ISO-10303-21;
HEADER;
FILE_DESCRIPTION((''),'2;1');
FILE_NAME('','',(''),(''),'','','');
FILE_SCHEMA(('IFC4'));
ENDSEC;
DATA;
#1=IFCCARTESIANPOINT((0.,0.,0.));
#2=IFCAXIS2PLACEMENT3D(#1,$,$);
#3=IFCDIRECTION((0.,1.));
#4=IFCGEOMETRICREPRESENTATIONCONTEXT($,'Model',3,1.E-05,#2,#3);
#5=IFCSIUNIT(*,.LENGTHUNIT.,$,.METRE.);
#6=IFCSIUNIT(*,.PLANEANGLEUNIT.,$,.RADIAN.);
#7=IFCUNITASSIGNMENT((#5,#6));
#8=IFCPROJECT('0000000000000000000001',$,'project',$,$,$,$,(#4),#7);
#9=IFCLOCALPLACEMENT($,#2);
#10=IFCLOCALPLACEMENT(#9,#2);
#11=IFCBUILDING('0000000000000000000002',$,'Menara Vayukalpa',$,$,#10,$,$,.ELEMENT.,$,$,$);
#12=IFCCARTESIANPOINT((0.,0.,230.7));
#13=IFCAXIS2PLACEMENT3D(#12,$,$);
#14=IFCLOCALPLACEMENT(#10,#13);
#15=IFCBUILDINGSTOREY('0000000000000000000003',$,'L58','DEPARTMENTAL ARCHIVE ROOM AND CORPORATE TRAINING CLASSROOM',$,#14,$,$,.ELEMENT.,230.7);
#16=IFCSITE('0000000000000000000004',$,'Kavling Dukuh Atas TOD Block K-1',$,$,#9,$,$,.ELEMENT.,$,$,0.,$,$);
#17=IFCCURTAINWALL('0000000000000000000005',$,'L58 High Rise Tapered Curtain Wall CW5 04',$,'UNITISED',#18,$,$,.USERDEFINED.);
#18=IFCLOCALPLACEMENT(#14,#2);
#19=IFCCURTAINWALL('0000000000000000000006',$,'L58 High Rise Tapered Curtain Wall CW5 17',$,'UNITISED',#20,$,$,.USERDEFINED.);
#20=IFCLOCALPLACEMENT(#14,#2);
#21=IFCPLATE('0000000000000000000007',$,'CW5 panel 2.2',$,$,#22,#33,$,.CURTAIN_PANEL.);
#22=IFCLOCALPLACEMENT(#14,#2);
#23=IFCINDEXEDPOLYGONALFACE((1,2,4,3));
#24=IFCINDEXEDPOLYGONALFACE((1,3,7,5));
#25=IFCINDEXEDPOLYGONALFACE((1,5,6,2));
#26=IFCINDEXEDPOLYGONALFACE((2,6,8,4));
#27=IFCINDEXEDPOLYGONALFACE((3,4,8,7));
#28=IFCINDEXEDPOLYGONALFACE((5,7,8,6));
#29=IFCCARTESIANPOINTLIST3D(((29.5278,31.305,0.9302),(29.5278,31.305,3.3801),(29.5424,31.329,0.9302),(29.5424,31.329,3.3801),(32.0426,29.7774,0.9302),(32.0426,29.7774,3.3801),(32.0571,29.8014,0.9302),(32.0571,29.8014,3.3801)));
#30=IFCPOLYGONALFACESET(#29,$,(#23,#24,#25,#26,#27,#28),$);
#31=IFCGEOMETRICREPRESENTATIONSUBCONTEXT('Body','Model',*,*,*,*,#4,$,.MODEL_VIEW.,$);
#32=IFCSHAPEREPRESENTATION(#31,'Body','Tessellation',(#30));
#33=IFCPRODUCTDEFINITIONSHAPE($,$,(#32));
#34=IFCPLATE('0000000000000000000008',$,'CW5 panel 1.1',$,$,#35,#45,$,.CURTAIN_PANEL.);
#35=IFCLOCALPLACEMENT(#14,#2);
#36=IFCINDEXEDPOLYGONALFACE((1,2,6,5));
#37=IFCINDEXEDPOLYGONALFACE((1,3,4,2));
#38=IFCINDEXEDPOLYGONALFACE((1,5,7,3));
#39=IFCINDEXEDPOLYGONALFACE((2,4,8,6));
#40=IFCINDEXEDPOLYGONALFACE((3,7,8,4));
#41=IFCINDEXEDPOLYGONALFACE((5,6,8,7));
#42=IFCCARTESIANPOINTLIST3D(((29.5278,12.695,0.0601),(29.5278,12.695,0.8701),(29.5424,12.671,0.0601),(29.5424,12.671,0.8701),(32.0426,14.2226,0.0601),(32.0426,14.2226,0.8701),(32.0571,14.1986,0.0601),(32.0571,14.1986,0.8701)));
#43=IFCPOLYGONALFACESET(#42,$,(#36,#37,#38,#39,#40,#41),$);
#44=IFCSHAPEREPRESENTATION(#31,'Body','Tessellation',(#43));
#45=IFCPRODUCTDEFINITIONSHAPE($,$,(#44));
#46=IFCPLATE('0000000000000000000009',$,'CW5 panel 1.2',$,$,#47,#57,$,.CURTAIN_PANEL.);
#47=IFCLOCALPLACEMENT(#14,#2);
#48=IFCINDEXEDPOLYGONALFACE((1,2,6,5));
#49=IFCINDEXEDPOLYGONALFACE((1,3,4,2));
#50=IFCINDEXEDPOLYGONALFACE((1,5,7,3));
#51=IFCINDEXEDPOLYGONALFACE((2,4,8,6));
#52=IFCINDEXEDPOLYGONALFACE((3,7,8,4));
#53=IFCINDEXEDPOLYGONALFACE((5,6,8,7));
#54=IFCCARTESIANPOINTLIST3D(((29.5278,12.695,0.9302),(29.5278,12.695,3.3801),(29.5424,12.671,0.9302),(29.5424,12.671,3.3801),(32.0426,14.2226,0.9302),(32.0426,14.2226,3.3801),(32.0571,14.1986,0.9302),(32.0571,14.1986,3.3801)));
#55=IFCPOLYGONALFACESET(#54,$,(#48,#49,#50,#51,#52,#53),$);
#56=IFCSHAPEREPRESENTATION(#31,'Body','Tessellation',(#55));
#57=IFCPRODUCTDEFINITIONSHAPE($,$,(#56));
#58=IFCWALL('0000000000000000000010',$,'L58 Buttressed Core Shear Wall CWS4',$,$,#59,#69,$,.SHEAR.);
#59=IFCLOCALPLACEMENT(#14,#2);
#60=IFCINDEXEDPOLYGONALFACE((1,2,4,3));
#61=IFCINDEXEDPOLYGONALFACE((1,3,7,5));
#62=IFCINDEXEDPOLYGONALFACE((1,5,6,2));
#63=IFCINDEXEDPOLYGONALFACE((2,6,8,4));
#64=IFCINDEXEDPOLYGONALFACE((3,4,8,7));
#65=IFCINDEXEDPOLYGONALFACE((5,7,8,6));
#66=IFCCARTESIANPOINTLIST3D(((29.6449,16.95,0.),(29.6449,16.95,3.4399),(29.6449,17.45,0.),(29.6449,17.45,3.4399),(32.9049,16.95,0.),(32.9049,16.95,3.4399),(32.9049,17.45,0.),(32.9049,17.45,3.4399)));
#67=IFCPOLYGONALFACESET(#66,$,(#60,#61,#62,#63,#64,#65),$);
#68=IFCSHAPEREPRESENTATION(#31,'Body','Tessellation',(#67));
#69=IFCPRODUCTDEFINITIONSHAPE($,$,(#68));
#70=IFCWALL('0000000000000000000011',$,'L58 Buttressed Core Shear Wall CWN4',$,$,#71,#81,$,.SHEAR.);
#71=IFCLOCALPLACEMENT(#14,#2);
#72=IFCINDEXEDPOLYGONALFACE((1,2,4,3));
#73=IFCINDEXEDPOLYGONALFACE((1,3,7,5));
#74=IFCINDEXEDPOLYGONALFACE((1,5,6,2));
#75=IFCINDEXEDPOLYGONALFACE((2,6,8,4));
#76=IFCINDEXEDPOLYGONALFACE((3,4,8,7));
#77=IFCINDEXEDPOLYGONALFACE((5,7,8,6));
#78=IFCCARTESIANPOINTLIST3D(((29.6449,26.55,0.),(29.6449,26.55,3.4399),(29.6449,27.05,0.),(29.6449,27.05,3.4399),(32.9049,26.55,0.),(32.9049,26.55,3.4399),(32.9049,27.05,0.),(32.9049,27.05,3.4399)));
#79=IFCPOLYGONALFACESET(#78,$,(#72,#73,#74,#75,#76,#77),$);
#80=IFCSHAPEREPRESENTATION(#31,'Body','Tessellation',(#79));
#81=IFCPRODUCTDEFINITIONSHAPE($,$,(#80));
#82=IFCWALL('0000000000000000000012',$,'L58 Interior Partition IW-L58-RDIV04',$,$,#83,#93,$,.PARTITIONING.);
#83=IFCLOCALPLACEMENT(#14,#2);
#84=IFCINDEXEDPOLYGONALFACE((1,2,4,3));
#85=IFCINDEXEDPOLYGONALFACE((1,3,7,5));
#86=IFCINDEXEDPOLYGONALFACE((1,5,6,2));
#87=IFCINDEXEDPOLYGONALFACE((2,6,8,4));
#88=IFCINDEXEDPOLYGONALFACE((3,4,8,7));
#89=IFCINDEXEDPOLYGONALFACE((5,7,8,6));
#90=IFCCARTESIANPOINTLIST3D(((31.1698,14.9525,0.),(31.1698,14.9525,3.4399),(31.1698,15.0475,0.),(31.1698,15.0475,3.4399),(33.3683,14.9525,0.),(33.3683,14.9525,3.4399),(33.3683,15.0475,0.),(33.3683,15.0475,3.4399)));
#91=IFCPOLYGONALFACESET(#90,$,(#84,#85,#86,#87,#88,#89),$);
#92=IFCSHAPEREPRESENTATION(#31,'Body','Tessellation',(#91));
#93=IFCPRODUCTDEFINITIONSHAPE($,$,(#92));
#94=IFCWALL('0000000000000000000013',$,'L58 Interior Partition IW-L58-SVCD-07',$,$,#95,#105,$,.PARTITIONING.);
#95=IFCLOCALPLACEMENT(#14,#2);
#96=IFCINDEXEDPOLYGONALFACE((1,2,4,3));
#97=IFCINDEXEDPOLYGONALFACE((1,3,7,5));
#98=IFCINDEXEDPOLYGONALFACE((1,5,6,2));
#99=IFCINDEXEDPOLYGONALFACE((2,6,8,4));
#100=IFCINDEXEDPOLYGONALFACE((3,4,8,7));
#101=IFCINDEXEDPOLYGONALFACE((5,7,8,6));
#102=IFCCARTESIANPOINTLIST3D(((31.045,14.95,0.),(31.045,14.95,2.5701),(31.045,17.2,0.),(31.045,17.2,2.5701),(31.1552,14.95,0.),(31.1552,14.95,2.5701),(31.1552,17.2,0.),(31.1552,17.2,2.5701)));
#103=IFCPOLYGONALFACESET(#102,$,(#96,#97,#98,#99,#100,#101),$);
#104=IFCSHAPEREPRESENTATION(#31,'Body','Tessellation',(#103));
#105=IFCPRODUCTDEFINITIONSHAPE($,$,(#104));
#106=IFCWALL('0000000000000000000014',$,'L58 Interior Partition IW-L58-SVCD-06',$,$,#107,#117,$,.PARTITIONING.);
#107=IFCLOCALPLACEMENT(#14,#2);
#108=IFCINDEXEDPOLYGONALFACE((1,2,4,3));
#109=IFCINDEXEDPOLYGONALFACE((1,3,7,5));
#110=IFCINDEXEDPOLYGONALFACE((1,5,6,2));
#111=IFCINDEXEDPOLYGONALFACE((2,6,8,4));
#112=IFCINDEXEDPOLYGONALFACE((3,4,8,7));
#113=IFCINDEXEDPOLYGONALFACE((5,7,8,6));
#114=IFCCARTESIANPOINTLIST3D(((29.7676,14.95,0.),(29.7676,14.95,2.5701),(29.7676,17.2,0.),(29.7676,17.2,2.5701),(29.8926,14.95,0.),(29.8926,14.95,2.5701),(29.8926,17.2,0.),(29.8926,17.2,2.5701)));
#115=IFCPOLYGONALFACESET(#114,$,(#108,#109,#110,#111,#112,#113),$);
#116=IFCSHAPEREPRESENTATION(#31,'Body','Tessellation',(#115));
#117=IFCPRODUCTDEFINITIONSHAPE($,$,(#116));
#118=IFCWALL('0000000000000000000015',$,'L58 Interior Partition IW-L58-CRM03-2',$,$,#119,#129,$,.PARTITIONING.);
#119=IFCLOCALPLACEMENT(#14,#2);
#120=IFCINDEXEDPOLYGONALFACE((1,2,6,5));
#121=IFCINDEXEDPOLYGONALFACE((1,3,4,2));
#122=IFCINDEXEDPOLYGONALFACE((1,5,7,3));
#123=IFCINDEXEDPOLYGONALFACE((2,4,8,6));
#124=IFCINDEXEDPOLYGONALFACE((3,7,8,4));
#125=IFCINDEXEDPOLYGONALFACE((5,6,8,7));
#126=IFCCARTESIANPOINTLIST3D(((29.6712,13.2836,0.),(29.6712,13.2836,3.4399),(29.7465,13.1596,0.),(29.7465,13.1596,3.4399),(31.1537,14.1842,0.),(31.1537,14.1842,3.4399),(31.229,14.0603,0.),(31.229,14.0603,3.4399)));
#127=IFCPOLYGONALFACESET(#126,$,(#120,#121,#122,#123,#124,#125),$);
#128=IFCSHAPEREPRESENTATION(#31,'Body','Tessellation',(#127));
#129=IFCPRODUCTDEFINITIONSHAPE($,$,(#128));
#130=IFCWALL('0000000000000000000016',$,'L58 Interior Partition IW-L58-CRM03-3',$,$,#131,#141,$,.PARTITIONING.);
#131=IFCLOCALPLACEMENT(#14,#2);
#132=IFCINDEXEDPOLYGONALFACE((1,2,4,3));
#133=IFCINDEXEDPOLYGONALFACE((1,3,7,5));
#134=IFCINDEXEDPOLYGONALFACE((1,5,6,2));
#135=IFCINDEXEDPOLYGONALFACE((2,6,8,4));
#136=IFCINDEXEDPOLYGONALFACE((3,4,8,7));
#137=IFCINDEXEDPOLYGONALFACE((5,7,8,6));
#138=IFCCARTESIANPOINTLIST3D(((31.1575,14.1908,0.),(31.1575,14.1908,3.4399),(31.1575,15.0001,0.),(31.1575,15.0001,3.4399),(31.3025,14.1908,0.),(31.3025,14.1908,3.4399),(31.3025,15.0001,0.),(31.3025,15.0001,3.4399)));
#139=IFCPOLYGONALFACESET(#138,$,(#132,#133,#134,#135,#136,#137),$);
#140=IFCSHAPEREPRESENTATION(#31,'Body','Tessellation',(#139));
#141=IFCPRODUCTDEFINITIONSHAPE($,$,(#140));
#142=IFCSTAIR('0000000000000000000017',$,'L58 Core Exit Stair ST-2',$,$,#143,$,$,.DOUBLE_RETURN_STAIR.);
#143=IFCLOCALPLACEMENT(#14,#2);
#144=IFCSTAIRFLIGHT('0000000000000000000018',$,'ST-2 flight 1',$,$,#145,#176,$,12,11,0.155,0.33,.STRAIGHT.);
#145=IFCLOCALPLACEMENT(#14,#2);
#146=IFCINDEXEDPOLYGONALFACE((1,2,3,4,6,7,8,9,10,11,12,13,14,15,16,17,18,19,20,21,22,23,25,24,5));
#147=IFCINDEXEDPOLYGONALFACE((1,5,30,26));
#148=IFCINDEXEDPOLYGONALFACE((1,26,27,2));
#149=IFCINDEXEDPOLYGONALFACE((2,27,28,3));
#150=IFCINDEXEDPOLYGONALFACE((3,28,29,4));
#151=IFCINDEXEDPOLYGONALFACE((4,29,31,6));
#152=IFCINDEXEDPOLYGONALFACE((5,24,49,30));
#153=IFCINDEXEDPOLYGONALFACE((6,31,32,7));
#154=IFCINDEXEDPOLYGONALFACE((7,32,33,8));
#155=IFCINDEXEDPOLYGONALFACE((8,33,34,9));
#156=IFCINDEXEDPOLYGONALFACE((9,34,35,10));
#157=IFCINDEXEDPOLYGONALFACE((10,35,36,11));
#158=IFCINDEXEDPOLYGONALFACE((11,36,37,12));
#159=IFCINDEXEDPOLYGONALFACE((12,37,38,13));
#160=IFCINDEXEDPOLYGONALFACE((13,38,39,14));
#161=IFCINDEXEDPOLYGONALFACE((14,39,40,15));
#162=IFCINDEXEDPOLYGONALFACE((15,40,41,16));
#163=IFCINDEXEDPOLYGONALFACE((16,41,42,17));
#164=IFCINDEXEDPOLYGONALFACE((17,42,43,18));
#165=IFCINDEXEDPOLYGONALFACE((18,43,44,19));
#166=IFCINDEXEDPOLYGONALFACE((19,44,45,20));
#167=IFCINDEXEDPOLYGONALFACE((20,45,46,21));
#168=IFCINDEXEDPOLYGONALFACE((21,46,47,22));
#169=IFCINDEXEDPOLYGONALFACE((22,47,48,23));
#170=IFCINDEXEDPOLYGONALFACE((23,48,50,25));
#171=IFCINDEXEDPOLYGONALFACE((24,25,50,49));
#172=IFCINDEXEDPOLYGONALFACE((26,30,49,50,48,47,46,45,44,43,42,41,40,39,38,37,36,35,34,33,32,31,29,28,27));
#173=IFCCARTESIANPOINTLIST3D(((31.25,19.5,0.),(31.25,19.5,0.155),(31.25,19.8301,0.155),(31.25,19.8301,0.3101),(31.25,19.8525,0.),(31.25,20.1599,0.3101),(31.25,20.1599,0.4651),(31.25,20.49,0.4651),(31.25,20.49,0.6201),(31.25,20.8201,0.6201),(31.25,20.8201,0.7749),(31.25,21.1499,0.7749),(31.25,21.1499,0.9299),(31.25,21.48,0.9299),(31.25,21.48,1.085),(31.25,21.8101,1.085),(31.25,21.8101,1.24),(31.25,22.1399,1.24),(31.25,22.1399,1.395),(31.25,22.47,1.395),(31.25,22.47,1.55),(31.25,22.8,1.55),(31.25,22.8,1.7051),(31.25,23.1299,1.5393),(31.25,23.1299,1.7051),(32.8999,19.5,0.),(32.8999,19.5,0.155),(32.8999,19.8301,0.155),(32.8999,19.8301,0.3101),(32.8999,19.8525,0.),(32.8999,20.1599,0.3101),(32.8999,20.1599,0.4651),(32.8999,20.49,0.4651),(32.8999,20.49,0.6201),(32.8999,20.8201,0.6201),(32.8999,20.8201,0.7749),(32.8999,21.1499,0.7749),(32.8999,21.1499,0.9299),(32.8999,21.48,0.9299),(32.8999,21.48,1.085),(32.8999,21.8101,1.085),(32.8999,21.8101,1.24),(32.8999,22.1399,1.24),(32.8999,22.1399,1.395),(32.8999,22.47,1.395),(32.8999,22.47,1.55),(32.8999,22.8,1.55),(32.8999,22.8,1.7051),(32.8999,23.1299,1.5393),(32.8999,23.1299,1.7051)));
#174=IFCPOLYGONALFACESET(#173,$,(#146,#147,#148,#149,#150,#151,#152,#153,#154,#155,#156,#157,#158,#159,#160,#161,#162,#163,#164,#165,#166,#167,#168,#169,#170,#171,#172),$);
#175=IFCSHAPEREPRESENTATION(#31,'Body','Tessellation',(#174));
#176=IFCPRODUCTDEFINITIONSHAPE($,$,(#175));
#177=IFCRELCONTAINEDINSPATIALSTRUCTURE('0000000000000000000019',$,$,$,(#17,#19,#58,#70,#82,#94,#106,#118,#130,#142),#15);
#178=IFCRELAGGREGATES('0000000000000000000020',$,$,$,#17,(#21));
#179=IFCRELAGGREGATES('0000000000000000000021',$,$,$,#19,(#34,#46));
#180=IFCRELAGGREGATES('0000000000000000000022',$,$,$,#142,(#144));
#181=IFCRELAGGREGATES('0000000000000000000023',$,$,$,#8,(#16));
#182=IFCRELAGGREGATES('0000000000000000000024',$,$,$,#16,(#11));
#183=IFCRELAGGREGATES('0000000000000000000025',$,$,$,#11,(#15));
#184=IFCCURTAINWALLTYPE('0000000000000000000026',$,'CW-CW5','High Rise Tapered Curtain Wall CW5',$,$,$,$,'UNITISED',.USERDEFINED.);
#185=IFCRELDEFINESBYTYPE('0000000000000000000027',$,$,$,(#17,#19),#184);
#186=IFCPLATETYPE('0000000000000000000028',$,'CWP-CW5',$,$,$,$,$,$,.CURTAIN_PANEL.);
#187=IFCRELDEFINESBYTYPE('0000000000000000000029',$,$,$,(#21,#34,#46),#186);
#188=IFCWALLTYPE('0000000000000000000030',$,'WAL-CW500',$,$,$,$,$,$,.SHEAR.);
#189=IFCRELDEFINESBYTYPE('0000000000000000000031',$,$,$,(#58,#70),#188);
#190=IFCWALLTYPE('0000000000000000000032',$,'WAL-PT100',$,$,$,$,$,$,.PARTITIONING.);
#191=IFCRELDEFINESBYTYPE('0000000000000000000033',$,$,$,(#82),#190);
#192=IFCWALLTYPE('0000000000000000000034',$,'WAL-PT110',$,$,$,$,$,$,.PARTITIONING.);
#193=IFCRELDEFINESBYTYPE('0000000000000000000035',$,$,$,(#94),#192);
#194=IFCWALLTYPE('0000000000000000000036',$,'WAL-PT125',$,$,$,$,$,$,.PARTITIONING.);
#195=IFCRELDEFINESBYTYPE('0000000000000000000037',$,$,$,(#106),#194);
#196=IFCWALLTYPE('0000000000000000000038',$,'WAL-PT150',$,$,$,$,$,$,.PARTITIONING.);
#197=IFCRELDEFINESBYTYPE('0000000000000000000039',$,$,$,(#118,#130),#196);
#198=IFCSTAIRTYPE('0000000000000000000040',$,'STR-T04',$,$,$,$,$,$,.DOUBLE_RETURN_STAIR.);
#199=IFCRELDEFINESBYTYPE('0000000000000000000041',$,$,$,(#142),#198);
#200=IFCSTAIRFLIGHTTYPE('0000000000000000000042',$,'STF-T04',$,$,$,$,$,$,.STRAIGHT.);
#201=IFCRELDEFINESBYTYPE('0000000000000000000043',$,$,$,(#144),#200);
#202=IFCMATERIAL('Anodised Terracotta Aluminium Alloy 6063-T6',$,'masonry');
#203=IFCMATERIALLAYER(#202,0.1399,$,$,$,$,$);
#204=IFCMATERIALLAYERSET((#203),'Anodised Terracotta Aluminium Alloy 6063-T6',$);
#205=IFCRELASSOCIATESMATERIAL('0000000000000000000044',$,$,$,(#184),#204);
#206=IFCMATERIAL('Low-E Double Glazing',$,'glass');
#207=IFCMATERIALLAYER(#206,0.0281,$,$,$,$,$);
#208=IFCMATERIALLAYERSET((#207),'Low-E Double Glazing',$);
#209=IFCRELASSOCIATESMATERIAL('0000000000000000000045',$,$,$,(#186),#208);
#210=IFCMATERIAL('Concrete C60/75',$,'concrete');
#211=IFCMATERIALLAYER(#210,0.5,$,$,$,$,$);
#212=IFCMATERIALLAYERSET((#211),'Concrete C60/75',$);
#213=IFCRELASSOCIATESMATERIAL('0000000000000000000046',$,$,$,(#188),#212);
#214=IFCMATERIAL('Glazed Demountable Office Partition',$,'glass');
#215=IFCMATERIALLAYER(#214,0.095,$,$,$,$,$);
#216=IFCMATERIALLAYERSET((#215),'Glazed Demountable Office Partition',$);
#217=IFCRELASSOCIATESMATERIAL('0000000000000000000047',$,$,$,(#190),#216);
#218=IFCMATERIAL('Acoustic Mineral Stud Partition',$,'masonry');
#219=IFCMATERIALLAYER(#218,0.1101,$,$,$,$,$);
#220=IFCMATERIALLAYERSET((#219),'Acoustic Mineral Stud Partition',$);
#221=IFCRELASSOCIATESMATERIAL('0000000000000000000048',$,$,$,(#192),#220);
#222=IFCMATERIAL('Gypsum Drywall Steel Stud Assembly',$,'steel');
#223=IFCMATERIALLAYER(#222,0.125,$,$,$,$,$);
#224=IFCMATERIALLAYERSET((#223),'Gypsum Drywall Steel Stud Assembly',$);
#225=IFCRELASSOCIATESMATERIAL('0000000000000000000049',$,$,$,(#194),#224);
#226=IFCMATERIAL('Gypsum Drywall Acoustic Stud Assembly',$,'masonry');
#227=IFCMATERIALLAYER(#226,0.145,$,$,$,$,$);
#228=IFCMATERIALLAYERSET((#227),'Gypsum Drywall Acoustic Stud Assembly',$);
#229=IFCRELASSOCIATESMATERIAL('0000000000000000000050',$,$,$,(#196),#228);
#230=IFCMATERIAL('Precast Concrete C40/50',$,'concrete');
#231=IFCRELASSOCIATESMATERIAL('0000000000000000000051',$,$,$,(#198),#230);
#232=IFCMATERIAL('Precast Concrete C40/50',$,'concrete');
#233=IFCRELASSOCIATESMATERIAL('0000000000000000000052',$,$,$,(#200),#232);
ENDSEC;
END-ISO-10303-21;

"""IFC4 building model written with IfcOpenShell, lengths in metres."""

from ifc_helpers import new_model, si_unit, direction, frame, frame_2d, origin, origin_2d, place, context, subcontext, project, spatial, polyline, rectangle, outline, extrude, material, layer, layer_set, type_object, element, aggregate, save


model = new_model("IFC4")

# Units and contexts
model_context = context("Model", 3, precision=1e-05, world=origin(), true_north=direction((0.0, 1.0)))
body_context = subcontext(model_context, "Body", "Model", "MODEL_VIEW")
ifc_project = project(units=[si_unit("LENGTHUNIT", "METRE"), si_unit("PLANEANGLEUNIT", "RADIAN")], contexts=[model_context])

# Site, building, storey
site_placement = place(None, origin())
site = spatial("IfcSite", under=ifc_project, at=site_placement, Name="Kavling Dukuh Atas TOD Block K-1", CompositionType="ELEMENT", RefElevation=0.0)
building_placement = place(site_placement, origin())
building = spatial("IfcBuilding", under=site, at=building_placement, Name="Menara Vayukalpa", CompositionType="ELEMENT")
storey_placement = place(building_placement, frame((0.0, 0.0, 230.7)))
storey = spatial("IfcBuildingStorey", under=building, at=storey_placement, Name="L58", Description="DEPARTMENTAL ARCHIVE ROOM AND CORPORATE TRAINING CLASSROOM", CompositionType="ELEMENT", Elevation=230.7)

# Curtain walls
ifc_material_1 = material(Name="Anodised Terracotta Aluminium Alloy 6063-T6", Category="masonry")
ifc_layer_1 = layer(ifc_material_1, 0.1399)
ifc_layer_set_1 = layer_set([ifc_layer_1], Name="Anodised Terracotta Aluminium Alloy 6063-T6")
curtain_wall_type = type_object("IfcCurtainWallType", Name="CW-CW5", Description="High Rise Tapered Curtain Wall CW5", ElementType="UNITISED", PredefinedType="USERDEFINED", material=ifc_layer_set_1)
curtain_wall_1_placement = place(storey_placement, origin())
curtain_wall_1 = element("IfcCurtainWall", 1, at=curtain_wall_1_placement, inside=storey, type_object=curtain_wall_type, Name="L58 High Rise Tapered Curtain Wall CW5 04", ObjectType="UNITISED", PredefinedType="USERDEFINED")
curtain_wall_2_placement = place(storey_placement, origin())
curtain_wall_2 = element("IfcCurtainWall", 2, at=curtain_wall_2_placement, inside=storey, type_object=curtain_wall_type, Name="L58 High Rise Tapered Curtain Wall CW5 17", ObjectType="UNITISED", PredefinedType="USERDEFINED")

# Plates
ifc_material_2 = material(Name="Low-E Double Glazing", Category="glass")
ifc_layer_2 = layer(ifc_material_2, 0.0281)
ifc_layer_set_2 = layer_set([ifc_layer_2], Name="Low-E Double Glazing")
plate_type = type_object("IfcPlateType", Name="CWP-CW5", PredefinedType="CURTAIN_PANEL", material=ifc_layer_set_2)
plate_1_placement = place(storey_placement, frame((30.7925, 30.5532, 0.9302), z_axis=(0.0, 0.0, 1.0), x_axis=(-0.854665, 0.51918, 0.0)))
plate_1 = element("IfcPlate", 3, at=plate_1_placement, type_object=plate_type, Name="CW5 panel 2.2", PredefinedType="CURTAIN_PANEL", context=body_context, shape_type="SweptSolid", body=[
    extrude(rectangle(XDim=2.9424, YDim=0.0281, at=origin_2d()), origin(), (0.0, 0.0, 1.0), 2.45),
])
aggregate(curtain_wall_1, [plate_1])
plate_2_placement = place(storey_placement, frame((30.7925, 13.4468, 0.0601), z_axis=(0.0, 0.0, 1.0), x_axis=(0.854665, 0.51918, 0.0)))
plate_2 = element("IfcPlate", 4, at=plate_2_placement, type_object=plate_type, Name="CW5 panel 1.1", PredefinedType="CURTAIN_PANEL", context=body_context, shape_type="SweptSolid", body=[
    extrude(rectangle(XDim=2.9424, YDim=0.0281, at=origin_2d()), origin(), (0.0, 0.0, 1.0), 0.8101),
])
plate_3_placement = place(storey_placement, frame((30.7925, 13.4468, 0.9302), z_axis=(0.0, 0.0, 1.0), x_axis=(0.854665, 0.51918, 0.0)))
plate_3 = element("IfcPlate", 5, at=plate_3_placement, type_object=plate_type, Name="CW5 panel 1.2", PredefinedType="CURTAIN_PANEL", context=body_context, shape_type="SweptSolid", body=[
    extrude(rectangle(XDim=2.9424, YDim=0.0281, at=origin_2d()), origin(), (0.0, 0.0, 1.0), 2.45),
])
aggregate(curtain_wall_2, [plate_2, plate_3])

# Walls
ifc_material_3 = material(Name="Concrete C60/75", Category="concrete")
ifc_layer_3 = layer(ifc_material_3, 0.5)
ifc_layer_set_3 = layer_set([ifc_layer_3], Name="Concrete C60/75")
wall_type_1 = type_object("IfcWallType", Name="WAL-CW500", PredefinedType="SHEAR", material=ifc_layer_set_3)
for number, where, z_axis, x_axis, name in (
    (6, (29.645, 17.2, 0.0), (0.0, 0.0, 1.0), (1.0, 0.0, 0.0), "L58 Buttressed Core Shear Wall CWS4"),
    (7, (29.645, 26.8, 0.0), (0.0, 0.0, 1.0), (1.0, 0.0, 0.0), "L58 Buttressed Core Shear Wall CWN4"),
):
    element("IfcWall", number, at=place(storey_placement, frame(where, z_axis=z_axis, x_axis=x_axis)), inside=storey, type_object=wall_type_1, Name=name, PredefinedType="SHEAR", context=body_context, shape_type="SweptSolid", body=[
        extrude(rectangle(XDim=3.26, YDim=0.5, at=frame_2d((1.6299, 0.0))), origin(), (0.0, 0.0, 1.0), 3.4399),
    ])
ifc_material_4 = material(Name="Glazed Demountable Office Partition", Category="glass")
ifc_layer_4 = layer(ifc_material_4, 0.095)
ifc_layer_set_4 = layer_set([ifc_layer_4], Name="Glazed Demountable Office Partition")
wall_type_2 = type_object("IfcWallType", Name="WAL-PT100", PredefinedType="PARTITIONING", material=ifc_layer_set_4)
wall_1_placement = place(storey_placement, frame((31.1699, 15.0, 0.0), z_axis=(0.0, 0.0, 1.0), x_axis=(1.0, 0.0, 0.0)))
element("IfcWall", 8, at=wall_1_placement, inside=storey, type_object=wall_type_2, Name="L58 Interior Partition IW-L58-RDIV04", PredefinedType="PARTITIONING", context=body_context, shape_type="SweptSolid", body=[
    extrude(rectangle(XDim=2.1985, YDim=0.095, at=frame_2d((1.0991, 0.0))), origin(), (0.0, 0.0, 1.0), 3.4399),
])
ifc_material_5 = material(Name="Acoustic Mineral Stud Partition", Category="masonry")
ifc_layer_5 = layer(ifc_material_5, 0.1101)
ifc_layer_set_5 = layer_set([ifc_layer_5], Name="Acoustic Mineral Stud Partition")
wall_type_3 = type_object("IfcWallType", Name="WAL-PT110", PredefinedType="PARTITIONING", material=ifc_layer_set_5)
wall_2_placement = place(storey_placement, frame((31.1001, 14.95, 0.0), z_axis=(0.0, 0.0, 1.0), x_axis=(0.0, 1.0, 0.0)))
element("IfcWall", 9, at=wall_2_placement, inside=storey, type_object=wall_type_3, Name="L58 Interior Partition IW-L58-SVCD-07", PredefinedType="PARTITIONING", context=body_context, shape_type="SweptSolid", body=[
    extrude(rectangle(XDim=2.25, YDim=0.1101, at=frame_2d((1.125, 0.0))), origin(), (0.0, 0.0, 1.0), 2.5701),
])
ifc_material_6 = material(Name="Gypsum Drywall Steel Stud Assembly", Category="steel")
ifc_layer_6 = layer(ifc_material_6, 0.125)
ifc_layer_set_6 = layer_set([ifc_layer_6], Name="Gypsum Drywall Steel Stud Assembly")
wall_type_4 = type_object("IfcWallType", Name="WAL-PT125", PredefinedType="PARTITIONING", material=ifc_layer_set_6)
wall_3_placement = place(storey_placement, frame((29.8301, 14.95, 0.0), z_axis=(0.0, 0.0, 1.0), x_axis=(0.0, 1.0, 0.0)))
element("IfcWall", 10, at=wall_3_placement, inside=storey, type_object=wall_type_4, Name="L58 Interior Partition IW-L58-SVCD-06", PredefinedType="PARTITIONING", context=body_context, shape_type="SweptSolid", body=[
    extrude(rectangle(XDim=2.25, YDim=0.125, at=frame_2d((1.125, 0.0))), origin(), (0.0, 0.0, 1.0), 2.5701),
])
ifc_material_7 = material(Name="Gypsum Drywall Acoustic Stud Assembly", Category="masonry")
ifc_layer_7 = layer(ifc_material_7, 0.145)
ifc_layer_set_7 = layer_set([ifc_layer_7], Name="Gypsum Drywall Acoustic Stud Assembly")
wall_type_5 = type_object("IfcWallType", Name="WAL-PT150", PredefinedType="PARTITIONING", material=ifc_layer_set_7)
wall_4_placement = place(storey_placement, frame((29.709, 13.2217, 0.0), z_axis=(0.0, 0.0, 1.0), x_axis=(0.854636, 0.519228, 0.0)))
element("IfcWall", 11, at=wall_4_placement, inside=storey, type_object=wall_type_5, Name="L58 Interior Partition IW-L58-CRM03-2", PredefinedType="PARTITIONING", context=body_context, shape_type="SweptSolid", body=[
    extrude(rectangle(XDim=1.7346, YDim=0.145, at=frame_2d((0.8672, 0.0))), origin(), (0.0, 0.0, 1.0), 3.4399),
])
wall_5_placement = place(storey_placement, frame((31.23, 14.1907, 0.0), z_axis=(0.0, 0.0, 1.0), x_axis=(0.0, 1.0, 0.0)))
element("IfcWall", 12, at=wall_5_placement, inside=storey, type_object=wall_type_5, Name="L58 Interior Partition IW-L58-CRM03-3", PredefinedType="PARTITIONING", context=body_context, shape_type="SweptSolid", body=[
    extrude(rectangle(XDim=0.8093, YDim=0.145, at=frame_2d((0.4048, 0.0))), origin(), (0.0, 0.0, 1.0), 3.4399),
])

# Stair, stair flight
ifc_material_8 = material(Name="Precast Concrete C40/50", Category="concrete")
stair_type = type_object("IfcStairType", Name="STR-T04", PredefinedType="DOUBLE_RETURN_STAIR", material=ifc_material_8)
stair_placement = place(storey_placement, origin())
stair = element("IfcStair", 13, at=stair_placement, inside=storey, type_object=stair_type, Name="L58 Core Exit Stair ST-2", PredefinedType="DOUBLE_RETURN_STAIR")
ifc_material_9 = material(Name="Precast Concrete C40/50", Category="concrete")
stair_flight_type = type_object("IfcStairFlightType", Name="STF-T04", PredefinedType="STRAIGHT", material=ifc_material_9)
stair_flight_1_placement = place(storey_placement, frame((32.075, 19.5, 0.0), z_axis=(0.0, 0.0, 1.0), x_axis=(0.0, 1.0, 0.0)))
stair_flight_1 = element("IfcStairFlight", 14, at=stair_flight_1_placement, type_object=stair_flight_type, Name="ST-2 flight 1", NumberOfRisers=12, NumberOfTreads=11, PredefinedType="STRAIGHT", RiserHeight=0.155, TreadLength=0.33, context=body_context, shape_type="SweptSolid", body=[
    extrude(outline(polyline([(0.0, 0.0), (0.0, 0.155), (0.3301, 0.155), (0.3301, 0.3101), (0.6599, 0.3101), (0.6599, 0.4651), (0.99, 0.4651), (0.99, 0.6201), (1.3201, 0.6201), (1.3201, 0.7749), (1.6499, 0.7749), (1.6499, 0.9299), (1.98, 0.9299), (1.98, 1.085), (2.3101, 1.085), (2.3101, 1.24), (2.6399, 1.24), (2.6399, 1.395), (2.97, 1.395), (2.97, 1.55), (3.3, 1.55), (3.3, 1.7051), (3.6299, 1.7051), (3.6299, 1.8601), (3.6299, 1.5393), (0.3525, 0.0), (0.0, 0.0)])), frame((0.0, 0.825, 0.0), z_axis=(0.0, -1.0, 0.0), x_axis=(1.0, 0.0, 0.0)), (0.0, 0.0, 1.0), 1.6499),
])
aggregate(stair, [stair_flight_1])

save(model, "model.ifc")
